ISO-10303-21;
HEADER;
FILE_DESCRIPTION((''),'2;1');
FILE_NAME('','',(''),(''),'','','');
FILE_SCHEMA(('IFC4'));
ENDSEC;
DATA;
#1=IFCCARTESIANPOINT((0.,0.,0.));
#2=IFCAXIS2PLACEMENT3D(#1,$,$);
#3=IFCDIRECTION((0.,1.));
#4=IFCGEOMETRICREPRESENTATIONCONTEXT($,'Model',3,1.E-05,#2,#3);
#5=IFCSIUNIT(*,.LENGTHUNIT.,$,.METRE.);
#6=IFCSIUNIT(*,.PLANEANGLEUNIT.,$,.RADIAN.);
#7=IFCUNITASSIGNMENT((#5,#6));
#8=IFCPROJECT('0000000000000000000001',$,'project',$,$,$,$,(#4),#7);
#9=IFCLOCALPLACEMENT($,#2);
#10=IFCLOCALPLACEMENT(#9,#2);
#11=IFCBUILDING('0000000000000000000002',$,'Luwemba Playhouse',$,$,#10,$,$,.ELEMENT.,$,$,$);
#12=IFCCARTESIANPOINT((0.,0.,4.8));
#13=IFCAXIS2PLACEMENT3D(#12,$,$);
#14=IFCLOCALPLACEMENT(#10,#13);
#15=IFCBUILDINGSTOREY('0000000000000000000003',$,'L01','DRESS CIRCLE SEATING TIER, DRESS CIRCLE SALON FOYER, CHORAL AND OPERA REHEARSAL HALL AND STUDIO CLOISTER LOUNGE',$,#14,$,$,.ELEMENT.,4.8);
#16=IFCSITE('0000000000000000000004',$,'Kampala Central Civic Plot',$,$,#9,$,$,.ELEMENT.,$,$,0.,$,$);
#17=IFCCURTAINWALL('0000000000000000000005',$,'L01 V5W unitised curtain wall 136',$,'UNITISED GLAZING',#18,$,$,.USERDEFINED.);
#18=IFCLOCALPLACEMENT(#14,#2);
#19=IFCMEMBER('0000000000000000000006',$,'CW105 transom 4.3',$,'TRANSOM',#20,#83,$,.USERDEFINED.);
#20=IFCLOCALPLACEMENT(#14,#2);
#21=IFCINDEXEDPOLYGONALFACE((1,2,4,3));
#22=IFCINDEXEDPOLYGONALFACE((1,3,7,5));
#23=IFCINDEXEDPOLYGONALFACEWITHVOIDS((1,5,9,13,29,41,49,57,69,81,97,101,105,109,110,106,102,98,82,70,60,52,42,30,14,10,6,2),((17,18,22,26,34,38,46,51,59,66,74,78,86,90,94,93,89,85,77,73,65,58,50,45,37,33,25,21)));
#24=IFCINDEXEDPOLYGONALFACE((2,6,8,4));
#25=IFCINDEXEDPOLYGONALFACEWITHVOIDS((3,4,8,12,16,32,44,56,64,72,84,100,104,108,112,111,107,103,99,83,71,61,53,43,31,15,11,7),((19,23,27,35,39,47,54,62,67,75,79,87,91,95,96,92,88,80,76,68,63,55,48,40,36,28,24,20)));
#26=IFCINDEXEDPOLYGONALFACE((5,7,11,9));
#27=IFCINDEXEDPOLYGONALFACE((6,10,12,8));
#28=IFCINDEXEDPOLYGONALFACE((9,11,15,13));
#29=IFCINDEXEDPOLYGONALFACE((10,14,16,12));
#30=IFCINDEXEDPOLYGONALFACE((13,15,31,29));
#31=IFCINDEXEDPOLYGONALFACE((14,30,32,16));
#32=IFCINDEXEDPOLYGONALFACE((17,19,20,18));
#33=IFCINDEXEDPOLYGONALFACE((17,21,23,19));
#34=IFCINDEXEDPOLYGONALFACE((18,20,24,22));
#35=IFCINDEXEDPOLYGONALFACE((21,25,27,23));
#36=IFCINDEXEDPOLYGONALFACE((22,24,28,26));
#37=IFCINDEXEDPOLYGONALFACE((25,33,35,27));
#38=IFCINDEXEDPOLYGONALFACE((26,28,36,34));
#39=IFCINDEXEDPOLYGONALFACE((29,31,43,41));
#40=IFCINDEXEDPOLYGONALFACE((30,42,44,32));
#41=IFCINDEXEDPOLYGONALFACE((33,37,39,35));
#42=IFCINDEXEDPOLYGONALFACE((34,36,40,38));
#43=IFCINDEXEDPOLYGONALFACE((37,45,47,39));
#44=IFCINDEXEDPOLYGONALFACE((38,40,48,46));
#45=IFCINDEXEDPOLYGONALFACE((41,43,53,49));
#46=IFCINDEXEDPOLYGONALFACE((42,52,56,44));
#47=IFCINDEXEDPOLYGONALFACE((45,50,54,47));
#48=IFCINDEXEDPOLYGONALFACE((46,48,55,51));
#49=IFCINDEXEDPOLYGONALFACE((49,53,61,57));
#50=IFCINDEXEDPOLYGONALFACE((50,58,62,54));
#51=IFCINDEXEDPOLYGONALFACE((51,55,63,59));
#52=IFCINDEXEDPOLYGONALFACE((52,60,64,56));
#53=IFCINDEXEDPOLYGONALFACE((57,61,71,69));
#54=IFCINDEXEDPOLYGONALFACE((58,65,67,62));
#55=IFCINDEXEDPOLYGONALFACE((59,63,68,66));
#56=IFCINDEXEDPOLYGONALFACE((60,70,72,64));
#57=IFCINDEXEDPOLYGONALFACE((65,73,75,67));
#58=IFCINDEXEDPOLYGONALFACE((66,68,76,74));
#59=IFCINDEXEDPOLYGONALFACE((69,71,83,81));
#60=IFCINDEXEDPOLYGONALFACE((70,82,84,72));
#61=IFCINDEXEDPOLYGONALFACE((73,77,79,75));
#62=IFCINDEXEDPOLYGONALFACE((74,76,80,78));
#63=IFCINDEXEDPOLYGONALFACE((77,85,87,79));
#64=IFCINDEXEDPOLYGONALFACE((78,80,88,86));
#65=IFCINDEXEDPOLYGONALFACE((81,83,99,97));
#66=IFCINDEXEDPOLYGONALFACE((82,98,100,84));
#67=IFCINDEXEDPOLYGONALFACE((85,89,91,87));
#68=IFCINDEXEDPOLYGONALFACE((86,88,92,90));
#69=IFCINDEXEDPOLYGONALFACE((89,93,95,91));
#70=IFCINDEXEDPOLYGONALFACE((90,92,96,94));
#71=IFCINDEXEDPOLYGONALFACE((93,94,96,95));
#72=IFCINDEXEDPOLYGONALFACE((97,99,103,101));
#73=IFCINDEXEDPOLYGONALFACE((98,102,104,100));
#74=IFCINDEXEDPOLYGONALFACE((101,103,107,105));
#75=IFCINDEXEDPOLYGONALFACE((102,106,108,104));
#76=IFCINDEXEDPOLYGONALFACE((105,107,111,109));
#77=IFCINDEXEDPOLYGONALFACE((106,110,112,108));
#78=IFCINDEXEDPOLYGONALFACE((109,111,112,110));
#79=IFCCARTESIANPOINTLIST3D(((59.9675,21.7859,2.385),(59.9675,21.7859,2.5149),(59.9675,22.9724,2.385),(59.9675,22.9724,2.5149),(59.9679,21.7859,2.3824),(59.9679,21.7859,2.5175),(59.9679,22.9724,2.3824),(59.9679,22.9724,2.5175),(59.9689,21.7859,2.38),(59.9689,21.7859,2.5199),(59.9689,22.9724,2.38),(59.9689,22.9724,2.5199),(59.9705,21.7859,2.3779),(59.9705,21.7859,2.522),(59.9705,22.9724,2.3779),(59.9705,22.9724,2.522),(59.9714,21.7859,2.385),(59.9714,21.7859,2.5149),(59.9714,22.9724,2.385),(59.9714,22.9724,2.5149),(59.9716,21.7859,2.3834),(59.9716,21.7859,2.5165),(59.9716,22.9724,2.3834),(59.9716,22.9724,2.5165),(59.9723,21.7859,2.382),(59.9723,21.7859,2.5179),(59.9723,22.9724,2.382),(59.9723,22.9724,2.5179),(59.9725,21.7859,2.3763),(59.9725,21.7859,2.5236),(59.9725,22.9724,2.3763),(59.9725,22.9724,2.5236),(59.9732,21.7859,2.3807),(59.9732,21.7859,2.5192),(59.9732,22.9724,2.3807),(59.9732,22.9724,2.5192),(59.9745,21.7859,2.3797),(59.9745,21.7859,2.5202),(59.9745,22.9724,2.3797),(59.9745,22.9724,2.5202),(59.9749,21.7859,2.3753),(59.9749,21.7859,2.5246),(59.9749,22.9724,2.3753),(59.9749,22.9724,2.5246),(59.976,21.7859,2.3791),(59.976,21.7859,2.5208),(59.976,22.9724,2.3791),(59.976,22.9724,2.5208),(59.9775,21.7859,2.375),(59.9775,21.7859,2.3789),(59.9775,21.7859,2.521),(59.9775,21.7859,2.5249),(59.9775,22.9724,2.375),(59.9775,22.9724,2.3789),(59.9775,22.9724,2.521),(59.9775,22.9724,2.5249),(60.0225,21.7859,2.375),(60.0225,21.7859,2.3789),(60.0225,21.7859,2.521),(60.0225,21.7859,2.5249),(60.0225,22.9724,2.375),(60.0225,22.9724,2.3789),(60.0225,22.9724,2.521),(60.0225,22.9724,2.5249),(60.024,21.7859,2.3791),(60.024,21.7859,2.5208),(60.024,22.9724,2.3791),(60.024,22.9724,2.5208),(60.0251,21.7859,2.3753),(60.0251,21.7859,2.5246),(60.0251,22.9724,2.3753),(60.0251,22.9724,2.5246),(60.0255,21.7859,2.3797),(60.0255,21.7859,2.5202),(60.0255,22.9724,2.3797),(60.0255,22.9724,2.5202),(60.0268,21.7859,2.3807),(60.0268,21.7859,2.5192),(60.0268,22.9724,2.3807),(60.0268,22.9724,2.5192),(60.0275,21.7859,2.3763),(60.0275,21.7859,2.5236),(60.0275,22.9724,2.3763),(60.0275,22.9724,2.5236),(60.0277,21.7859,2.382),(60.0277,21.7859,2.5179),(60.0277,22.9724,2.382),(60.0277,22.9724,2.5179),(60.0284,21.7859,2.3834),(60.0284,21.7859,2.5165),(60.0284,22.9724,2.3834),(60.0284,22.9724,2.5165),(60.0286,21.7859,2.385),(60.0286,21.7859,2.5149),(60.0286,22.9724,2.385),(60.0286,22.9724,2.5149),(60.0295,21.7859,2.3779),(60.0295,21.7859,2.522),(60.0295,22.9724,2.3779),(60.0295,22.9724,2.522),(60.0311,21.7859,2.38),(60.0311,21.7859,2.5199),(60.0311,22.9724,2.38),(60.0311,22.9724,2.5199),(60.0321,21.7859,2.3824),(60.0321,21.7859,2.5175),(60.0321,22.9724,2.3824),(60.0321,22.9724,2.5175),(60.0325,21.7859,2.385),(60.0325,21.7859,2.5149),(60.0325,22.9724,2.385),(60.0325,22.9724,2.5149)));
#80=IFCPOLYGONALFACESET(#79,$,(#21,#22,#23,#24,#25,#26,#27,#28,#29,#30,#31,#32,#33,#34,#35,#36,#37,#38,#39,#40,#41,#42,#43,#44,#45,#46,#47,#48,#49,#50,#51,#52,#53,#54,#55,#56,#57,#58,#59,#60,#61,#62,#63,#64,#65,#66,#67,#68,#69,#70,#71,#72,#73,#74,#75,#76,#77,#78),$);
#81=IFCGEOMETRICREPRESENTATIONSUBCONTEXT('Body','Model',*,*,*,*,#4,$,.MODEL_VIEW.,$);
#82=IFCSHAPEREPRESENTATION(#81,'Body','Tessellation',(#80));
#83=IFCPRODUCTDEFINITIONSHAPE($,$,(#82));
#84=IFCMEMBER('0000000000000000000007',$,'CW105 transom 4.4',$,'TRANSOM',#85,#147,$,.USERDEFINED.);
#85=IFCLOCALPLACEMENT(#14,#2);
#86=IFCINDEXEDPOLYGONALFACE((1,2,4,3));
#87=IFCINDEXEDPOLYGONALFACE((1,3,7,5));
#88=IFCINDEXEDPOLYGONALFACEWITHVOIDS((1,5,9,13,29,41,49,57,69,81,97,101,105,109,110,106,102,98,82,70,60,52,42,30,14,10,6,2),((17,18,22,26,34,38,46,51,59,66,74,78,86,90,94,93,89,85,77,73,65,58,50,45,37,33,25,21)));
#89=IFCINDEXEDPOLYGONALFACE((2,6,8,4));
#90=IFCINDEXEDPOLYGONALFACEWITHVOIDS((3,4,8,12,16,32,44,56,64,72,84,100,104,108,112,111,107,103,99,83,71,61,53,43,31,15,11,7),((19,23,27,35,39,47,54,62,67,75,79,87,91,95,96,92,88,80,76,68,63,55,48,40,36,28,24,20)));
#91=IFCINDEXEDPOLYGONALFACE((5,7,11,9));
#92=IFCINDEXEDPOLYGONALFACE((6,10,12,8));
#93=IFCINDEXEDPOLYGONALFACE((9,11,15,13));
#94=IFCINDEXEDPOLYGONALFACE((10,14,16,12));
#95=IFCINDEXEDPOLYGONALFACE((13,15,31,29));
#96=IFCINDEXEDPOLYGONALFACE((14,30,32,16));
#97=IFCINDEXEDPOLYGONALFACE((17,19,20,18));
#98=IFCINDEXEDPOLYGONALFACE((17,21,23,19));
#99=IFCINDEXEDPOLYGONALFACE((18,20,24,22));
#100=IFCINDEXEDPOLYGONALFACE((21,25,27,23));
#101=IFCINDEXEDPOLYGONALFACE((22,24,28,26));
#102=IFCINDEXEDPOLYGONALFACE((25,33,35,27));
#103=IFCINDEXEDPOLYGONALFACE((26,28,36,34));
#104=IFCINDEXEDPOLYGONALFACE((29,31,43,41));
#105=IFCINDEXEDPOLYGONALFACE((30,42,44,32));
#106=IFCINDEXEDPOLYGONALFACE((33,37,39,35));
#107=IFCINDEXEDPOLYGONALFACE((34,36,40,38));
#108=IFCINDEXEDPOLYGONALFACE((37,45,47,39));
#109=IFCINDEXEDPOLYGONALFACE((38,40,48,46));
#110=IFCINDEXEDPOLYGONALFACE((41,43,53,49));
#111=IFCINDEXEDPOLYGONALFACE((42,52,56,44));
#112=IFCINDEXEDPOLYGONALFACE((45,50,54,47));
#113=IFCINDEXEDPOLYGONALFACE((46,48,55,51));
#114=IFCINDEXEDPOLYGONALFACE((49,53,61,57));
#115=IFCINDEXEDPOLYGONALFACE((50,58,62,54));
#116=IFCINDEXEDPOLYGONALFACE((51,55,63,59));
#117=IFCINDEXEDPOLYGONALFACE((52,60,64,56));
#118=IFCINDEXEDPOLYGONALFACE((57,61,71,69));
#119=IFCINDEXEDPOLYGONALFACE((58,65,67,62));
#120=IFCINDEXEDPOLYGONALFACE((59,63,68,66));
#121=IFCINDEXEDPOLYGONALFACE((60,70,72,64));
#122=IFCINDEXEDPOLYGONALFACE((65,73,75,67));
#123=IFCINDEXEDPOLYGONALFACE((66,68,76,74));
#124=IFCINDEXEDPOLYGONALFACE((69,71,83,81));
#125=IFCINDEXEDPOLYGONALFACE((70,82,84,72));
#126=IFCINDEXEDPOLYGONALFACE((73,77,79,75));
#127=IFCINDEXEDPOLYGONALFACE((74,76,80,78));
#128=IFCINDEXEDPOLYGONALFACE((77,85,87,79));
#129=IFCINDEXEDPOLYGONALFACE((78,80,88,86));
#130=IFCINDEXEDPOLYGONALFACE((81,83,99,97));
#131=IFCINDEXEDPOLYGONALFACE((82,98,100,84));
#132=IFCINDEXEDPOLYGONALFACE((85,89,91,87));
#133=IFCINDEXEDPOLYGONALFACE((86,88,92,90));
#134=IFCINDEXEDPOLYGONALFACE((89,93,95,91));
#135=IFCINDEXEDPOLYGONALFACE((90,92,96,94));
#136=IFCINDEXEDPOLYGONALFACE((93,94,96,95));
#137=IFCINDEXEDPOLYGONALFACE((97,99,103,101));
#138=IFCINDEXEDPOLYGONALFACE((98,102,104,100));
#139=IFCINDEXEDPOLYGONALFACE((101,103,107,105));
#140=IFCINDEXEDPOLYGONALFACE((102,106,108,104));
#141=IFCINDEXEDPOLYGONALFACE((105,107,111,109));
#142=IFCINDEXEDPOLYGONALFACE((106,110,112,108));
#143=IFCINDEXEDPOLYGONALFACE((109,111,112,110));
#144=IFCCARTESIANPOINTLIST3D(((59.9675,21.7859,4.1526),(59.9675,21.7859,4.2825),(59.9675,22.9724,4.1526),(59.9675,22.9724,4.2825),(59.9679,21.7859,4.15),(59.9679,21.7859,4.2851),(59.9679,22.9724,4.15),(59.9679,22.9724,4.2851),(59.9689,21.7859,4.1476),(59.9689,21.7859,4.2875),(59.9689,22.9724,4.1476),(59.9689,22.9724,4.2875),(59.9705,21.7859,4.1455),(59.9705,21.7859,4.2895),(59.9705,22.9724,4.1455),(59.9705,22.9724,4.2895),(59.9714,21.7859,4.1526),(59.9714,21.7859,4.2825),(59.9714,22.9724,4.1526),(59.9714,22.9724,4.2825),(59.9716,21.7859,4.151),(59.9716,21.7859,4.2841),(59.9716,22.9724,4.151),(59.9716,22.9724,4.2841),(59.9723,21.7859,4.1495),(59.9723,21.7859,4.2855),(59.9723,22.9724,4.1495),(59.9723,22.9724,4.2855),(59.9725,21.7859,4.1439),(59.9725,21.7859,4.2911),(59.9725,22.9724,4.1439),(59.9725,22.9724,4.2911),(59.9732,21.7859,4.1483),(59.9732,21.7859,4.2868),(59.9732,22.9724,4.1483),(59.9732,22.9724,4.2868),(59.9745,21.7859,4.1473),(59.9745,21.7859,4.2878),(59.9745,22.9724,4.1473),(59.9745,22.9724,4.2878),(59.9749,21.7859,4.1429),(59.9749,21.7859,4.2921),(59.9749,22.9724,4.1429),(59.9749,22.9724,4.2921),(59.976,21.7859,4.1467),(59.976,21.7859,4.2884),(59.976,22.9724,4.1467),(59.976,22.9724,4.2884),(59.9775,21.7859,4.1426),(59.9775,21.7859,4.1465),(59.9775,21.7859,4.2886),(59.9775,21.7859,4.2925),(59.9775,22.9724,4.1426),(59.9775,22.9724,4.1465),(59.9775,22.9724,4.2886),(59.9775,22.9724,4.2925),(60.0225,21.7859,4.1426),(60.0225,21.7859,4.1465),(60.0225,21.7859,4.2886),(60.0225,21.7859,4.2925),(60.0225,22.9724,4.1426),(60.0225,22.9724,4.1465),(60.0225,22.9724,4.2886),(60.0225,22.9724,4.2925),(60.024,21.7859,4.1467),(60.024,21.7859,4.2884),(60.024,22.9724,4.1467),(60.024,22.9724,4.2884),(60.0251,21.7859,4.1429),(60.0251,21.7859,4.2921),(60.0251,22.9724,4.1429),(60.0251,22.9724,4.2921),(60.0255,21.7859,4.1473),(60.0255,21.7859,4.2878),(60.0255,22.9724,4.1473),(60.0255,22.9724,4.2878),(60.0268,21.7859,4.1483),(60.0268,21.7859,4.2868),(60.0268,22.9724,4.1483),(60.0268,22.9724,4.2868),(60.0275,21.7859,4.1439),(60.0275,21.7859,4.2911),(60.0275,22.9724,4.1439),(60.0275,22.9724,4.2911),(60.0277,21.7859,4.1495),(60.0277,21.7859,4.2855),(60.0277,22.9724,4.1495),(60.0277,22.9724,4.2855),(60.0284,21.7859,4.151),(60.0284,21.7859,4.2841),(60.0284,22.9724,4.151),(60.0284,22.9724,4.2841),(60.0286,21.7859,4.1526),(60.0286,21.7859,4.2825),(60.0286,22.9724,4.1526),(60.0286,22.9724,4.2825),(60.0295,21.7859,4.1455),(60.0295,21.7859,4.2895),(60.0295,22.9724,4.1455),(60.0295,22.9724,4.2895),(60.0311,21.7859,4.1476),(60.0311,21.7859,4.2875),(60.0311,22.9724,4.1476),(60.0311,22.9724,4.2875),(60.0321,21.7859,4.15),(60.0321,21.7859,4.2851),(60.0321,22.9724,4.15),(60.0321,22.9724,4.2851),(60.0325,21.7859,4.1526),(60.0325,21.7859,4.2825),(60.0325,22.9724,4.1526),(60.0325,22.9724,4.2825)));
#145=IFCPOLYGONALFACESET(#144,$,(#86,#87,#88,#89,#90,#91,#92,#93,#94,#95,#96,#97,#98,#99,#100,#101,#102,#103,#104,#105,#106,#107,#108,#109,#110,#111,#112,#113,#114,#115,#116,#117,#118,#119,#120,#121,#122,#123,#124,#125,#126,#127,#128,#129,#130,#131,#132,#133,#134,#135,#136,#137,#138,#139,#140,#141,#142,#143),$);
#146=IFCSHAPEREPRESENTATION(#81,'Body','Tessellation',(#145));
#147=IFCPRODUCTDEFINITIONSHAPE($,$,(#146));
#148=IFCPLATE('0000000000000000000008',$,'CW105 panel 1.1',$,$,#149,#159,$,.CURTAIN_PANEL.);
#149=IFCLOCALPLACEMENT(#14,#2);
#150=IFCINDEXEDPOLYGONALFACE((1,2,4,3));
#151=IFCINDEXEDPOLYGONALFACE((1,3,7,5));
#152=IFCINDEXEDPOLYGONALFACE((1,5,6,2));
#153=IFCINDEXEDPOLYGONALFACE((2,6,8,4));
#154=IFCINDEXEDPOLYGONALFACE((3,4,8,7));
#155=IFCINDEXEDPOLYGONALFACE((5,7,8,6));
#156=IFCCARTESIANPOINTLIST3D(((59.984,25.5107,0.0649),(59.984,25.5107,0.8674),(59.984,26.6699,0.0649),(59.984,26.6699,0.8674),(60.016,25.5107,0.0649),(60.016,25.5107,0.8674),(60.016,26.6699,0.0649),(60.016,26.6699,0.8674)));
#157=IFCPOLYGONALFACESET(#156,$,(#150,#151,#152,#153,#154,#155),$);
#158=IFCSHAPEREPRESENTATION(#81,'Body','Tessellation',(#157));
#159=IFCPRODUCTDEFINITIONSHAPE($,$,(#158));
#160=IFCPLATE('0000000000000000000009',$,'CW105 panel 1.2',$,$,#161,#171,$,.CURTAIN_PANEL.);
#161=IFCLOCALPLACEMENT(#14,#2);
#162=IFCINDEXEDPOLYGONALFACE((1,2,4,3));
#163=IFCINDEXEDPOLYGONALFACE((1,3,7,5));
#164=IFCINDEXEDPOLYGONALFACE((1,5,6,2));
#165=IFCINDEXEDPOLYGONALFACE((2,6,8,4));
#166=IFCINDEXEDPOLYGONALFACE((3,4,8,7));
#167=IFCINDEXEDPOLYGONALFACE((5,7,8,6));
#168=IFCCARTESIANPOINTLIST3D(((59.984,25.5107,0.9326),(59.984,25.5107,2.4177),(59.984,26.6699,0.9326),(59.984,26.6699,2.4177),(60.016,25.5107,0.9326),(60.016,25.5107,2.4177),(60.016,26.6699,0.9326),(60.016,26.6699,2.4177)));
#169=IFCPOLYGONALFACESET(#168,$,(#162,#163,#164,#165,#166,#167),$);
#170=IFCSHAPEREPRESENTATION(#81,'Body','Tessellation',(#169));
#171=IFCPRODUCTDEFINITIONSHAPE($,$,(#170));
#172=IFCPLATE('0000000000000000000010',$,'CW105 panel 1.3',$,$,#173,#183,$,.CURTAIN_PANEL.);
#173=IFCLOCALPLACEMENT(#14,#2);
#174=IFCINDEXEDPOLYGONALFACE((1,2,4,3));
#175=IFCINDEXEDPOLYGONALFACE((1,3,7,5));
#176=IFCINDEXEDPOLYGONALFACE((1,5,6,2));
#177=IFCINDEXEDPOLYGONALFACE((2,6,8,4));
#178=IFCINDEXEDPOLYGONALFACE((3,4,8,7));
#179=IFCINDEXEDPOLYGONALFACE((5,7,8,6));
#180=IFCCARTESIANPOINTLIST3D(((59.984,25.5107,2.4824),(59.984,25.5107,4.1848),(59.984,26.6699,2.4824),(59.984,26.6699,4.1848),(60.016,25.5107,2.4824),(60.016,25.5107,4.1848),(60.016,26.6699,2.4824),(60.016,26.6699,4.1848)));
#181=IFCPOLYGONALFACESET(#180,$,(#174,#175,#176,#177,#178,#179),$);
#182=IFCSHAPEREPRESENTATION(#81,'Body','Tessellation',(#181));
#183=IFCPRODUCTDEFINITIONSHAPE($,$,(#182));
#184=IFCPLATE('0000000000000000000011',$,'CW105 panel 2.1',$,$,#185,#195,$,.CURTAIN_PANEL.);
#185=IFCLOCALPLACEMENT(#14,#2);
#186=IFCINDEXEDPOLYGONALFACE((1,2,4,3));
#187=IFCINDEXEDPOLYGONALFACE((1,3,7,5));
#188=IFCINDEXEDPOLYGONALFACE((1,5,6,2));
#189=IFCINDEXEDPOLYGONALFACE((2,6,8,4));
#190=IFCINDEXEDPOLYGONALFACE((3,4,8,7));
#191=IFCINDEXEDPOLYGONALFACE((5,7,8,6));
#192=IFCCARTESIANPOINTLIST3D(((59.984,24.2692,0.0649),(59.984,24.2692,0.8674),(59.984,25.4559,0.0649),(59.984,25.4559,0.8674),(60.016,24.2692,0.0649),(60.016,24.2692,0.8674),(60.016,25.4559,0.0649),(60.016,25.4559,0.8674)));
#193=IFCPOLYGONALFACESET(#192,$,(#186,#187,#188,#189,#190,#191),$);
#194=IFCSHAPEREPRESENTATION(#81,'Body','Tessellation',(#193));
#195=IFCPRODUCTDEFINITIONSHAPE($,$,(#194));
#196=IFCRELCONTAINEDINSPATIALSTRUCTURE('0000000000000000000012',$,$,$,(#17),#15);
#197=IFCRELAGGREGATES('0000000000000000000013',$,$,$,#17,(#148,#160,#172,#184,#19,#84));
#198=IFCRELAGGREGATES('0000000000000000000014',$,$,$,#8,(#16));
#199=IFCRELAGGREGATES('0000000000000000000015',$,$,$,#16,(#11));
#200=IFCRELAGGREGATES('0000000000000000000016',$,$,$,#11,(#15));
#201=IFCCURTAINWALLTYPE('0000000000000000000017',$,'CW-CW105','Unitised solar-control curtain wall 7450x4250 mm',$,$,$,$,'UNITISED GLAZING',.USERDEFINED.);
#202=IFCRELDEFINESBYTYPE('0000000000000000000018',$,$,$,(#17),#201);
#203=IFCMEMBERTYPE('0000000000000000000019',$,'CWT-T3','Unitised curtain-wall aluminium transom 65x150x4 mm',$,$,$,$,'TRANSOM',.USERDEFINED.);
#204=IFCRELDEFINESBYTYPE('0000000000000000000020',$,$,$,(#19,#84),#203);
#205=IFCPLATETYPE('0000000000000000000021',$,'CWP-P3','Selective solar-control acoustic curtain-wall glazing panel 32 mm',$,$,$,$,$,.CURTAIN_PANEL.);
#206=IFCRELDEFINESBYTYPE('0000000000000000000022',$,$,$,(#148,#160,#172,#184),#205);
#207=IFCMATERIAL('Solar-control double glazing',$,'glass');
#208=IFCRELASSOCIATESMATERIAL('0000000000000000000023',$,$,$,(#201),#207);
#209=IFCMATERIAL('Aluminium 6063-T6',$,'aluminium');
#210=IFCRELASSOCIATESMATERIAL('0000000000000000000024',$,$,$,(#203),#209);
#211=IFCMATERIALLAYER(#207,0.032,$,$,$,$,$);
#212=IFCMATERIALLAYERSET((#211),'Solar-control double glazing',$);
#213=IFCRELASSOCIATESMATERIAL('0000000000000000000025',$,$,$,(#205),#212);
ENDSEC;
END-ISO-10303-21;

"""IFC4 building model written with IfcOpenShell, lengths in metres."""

from ifc_helpers import new_model, si_unit, direction, frame, origin, origin_2d, place, context, subcontext, project, spatial, rectangle, hollow_rectangle, extrude, material, layer, layer_set, material_profile, profile_set, type_object, element, aggregate, save


model = new_model("IFC4")

# Units and contexts
model_context = context("Model", 3, precision=1e-05, world=origin(), true_north=direction((0.0, 1.0)))
body_context = subcontext(model_context, "Body", "Model", "MODEL_VIEW")
ifc_project = project(units=[si_unit("LENGTHUNIT", "METRE"), si_unit("PLANEANGLEUNIT", "RADIAN")], contexts=[model_context])

# Site, building, storey
site_placement = place(None, origin())
site = spatial("IfcSite", under=ifc_project, at=site_placement, Name="Kampala Central Civic Plot", CompositionType="ELEMENT", RefElevation=0.0)
building_placement = place(site_placement, origin())
building = spatial("IfcBuilding", under=site, at=building_placement, Name="Luwemba Playhouse", CompositionType="ELEMENT")
storey_placement = place(building_placement, frame((0.0, 0.0, 4.8)))
storey = spatial("IfcBuildingStorey", under=building, at=storey_placement, Name="L01", Description="DRESS CIRCLE SEATING TIER, DRESS CIRCLE SALON FOYER, CHORAL AND OPERA REHEARSAL HALL AND STUDIO CLOISTER LOUNGE", CompositionType="ELEMENT", Elevation=4.8)

# Curtain wall, members, plates
ifc_material_1 = material(Name="Solar-control double glazing", Category="glass")
curtain_wall_type = type_object("IfcCurtainWallType", Name="CW-CW105", Description="Unitised solar-control curtain wall 7450x4250 mm", ElementType="UNITISED GLAZING", PredefinedType="USERDEFINED", material=ifc_material_1)
curtain_wall_placement = place(storey_placement, origin())
curtain_wall = element("IfcCurtainWall", 1, at=curtain_wall_placement, inside=storey, type_object=curtain_wall_type, Name="L01 V5W unitised curtain wall 136", ObjectType="UNITISED GLAZING", PredefinedType="USERDEFINED")
ifc_material_2 = material(Name="Aluminium 6063-T6", Category="aluminium")
ifc_material_profile_1 = material_profile(ifc_material_2, hollow_rectangle(XDim=0.0649, YDim=0.1499, WallThickness=0.0039, InnerFilletRadius=0.0061, OuterFilletRadius=0.01, at=origin_2d()))
ifc_profile_set_1 = profile_set([ifc_material_profile_1], Name="Aluminium 6063-T6")
member_type_1 = type_object("IfcMemberType", Name="CWT-T3", Description="Unitised curtain-wall aluminium transom 65x150x4 mm", ElementType="TRANSOM", PredefinedType="USERDEFINED", material=ifc_profile_set_1)
member_1_placement = place(storey_placement, frame((60.0, 22.9724, 2.45), z_axis=(0.0, -1.0, 0.0), x_axis=(1.0, 0.0, 0.0)))
member_1 = element("IfcMember", 2, at=member_1_placement, type_object=member_type_1, Name="CW105 transom 4.3", ObjectType="TRANSOM", PredefinedType="USERDEFINED", context=body_context, shape_type="SweptSolid", body=[
    extrude(hollow_rectangle(XDim=0.0649, YDim=0.1499, WallThickness=0.0039, InnerFilletRadius=0.0061, OuterFilletRadius=0.01, at=origin_2d()), origin(), (0.0, 0.0, 1.0), 1.1865),
])
member_2_placement = place(storey_placement, frame((60.0, 22.9724, 4.2175), z_axis=(0.0, -1.0, 0.0), x_axis=(1.0, 0.0, 0.0)))
member_2 = element("IfcMember", 3, at=member_2_placement, type_object=member_type_1, Name="CW105 transom 4.4", ObjectType="TRANSOM", PredefinedType="USERDEFINED", context=body_context, shape_type="SweptSolid", body=[
    extrude(hollow_rectangle(XDim=0.0649, YDim=0.1499, WallThickness=0.0039, InnerFilletRadius=0.0061, OuterFilletRadius=0.01, at=origin_2d()), origin(), (0.0, 0.0, 1.0), 1.1865),
])
ifc_layer = layer(ifc_material_1, 0.032)
ifc_layer_set = layer_set([ifc_layer], Name="Solar-control double glazing")
plate_type = type_object("IfcPlateType", Name="CWP-P3", Description="Selective solar-control acoustic curtain-wall glazing panel 32 mm", PredefinedType="CURTAIN_PANEL", material=ifc_layer_set)
plate_1_placement = place(storey_placement, frame((60.0, 26.0903, 0.0649), z_axis=(0.0, 0.0, 1.0), x_axis=(0.0, -1.0, 0.0)))
plate_1 = element("IfcPlate", 4, at=plate_1_placement, type_object=plate_type, Name="CW105 panel 1.1", PredefinedType="CURTAIN_PANEL", context=body_context, shape_type="SweptSolid", body=[
    extrude(rectangle(XDim=1.1592, YDim=0.032, at=origin_2d()), origin(), (0.0, 0.0, 1.0), 0.8025),
])
plate_2_placement = place(storey_placement, frame((60.0, 26.0903, 0.9326), z_axis=(0.0, 0.0, 1.0), x_axis=(0.0, -1.0, 0.0)))
plate_2 = element("IfcPlate", 5, at=plate_2_placement, type_object=plate_type, Name="CW105 panel 1.2", PredefinedType="CURTAIN_PANEL", context=body_context, shape_type="SweptSolid", body=[
    extrude(rectangle(XDim=1.1592, YDim=0.032, at=origin_2d()), origin(), (0.0, 0.0, 1.0), 1.4851),
])
plate_3_placement = place(storey_placement, frame((60.0, 26.0903, 2.4824), z_axis=(0.0, 0.0, 1.0), x_axis=(0.0, -1.0, 0.0)))
plate_3 = element("IfcPlate", 6, at=plate_3_placement, type_object=plate_type, Name="CW105 panel 1.3", PredefinedType="CURTAIN_PANEL", context=body_context, shape_type="SweptSolid", body=[
    extrude(rectangle(XDim=1.1592, YDim=0.032, at=origin_2d()), origin(), (0.0, 0.0, 1.0), 1.7024),
])
plate_4_placement = place(storey_placement, frame((60.0, 24.8625, 0.0649), z_axis=(0.0, 0.0, 1.0), x_axis=(0.0, -1.0, 0.0)))
plate_4 = element("IfcPlate", 7, at=plate_4_placement, type_object=plate_type, Name="CW105 panel 2.1", PredefinedType="CURTAIN_PANEL", context=body_context, shape_type="SweptSolid", body=[
    extrude(rectangle(XDim=1.1868, YDim=0.032, at=origin_2d()), origin(), (0.0, 0.0, 1.0), 0.8025),
])
aggregate(curtain_wall, [plate_1, plate_2, plate_3, plate_4, member_1, member_2])

save(model, "model.ifc")
